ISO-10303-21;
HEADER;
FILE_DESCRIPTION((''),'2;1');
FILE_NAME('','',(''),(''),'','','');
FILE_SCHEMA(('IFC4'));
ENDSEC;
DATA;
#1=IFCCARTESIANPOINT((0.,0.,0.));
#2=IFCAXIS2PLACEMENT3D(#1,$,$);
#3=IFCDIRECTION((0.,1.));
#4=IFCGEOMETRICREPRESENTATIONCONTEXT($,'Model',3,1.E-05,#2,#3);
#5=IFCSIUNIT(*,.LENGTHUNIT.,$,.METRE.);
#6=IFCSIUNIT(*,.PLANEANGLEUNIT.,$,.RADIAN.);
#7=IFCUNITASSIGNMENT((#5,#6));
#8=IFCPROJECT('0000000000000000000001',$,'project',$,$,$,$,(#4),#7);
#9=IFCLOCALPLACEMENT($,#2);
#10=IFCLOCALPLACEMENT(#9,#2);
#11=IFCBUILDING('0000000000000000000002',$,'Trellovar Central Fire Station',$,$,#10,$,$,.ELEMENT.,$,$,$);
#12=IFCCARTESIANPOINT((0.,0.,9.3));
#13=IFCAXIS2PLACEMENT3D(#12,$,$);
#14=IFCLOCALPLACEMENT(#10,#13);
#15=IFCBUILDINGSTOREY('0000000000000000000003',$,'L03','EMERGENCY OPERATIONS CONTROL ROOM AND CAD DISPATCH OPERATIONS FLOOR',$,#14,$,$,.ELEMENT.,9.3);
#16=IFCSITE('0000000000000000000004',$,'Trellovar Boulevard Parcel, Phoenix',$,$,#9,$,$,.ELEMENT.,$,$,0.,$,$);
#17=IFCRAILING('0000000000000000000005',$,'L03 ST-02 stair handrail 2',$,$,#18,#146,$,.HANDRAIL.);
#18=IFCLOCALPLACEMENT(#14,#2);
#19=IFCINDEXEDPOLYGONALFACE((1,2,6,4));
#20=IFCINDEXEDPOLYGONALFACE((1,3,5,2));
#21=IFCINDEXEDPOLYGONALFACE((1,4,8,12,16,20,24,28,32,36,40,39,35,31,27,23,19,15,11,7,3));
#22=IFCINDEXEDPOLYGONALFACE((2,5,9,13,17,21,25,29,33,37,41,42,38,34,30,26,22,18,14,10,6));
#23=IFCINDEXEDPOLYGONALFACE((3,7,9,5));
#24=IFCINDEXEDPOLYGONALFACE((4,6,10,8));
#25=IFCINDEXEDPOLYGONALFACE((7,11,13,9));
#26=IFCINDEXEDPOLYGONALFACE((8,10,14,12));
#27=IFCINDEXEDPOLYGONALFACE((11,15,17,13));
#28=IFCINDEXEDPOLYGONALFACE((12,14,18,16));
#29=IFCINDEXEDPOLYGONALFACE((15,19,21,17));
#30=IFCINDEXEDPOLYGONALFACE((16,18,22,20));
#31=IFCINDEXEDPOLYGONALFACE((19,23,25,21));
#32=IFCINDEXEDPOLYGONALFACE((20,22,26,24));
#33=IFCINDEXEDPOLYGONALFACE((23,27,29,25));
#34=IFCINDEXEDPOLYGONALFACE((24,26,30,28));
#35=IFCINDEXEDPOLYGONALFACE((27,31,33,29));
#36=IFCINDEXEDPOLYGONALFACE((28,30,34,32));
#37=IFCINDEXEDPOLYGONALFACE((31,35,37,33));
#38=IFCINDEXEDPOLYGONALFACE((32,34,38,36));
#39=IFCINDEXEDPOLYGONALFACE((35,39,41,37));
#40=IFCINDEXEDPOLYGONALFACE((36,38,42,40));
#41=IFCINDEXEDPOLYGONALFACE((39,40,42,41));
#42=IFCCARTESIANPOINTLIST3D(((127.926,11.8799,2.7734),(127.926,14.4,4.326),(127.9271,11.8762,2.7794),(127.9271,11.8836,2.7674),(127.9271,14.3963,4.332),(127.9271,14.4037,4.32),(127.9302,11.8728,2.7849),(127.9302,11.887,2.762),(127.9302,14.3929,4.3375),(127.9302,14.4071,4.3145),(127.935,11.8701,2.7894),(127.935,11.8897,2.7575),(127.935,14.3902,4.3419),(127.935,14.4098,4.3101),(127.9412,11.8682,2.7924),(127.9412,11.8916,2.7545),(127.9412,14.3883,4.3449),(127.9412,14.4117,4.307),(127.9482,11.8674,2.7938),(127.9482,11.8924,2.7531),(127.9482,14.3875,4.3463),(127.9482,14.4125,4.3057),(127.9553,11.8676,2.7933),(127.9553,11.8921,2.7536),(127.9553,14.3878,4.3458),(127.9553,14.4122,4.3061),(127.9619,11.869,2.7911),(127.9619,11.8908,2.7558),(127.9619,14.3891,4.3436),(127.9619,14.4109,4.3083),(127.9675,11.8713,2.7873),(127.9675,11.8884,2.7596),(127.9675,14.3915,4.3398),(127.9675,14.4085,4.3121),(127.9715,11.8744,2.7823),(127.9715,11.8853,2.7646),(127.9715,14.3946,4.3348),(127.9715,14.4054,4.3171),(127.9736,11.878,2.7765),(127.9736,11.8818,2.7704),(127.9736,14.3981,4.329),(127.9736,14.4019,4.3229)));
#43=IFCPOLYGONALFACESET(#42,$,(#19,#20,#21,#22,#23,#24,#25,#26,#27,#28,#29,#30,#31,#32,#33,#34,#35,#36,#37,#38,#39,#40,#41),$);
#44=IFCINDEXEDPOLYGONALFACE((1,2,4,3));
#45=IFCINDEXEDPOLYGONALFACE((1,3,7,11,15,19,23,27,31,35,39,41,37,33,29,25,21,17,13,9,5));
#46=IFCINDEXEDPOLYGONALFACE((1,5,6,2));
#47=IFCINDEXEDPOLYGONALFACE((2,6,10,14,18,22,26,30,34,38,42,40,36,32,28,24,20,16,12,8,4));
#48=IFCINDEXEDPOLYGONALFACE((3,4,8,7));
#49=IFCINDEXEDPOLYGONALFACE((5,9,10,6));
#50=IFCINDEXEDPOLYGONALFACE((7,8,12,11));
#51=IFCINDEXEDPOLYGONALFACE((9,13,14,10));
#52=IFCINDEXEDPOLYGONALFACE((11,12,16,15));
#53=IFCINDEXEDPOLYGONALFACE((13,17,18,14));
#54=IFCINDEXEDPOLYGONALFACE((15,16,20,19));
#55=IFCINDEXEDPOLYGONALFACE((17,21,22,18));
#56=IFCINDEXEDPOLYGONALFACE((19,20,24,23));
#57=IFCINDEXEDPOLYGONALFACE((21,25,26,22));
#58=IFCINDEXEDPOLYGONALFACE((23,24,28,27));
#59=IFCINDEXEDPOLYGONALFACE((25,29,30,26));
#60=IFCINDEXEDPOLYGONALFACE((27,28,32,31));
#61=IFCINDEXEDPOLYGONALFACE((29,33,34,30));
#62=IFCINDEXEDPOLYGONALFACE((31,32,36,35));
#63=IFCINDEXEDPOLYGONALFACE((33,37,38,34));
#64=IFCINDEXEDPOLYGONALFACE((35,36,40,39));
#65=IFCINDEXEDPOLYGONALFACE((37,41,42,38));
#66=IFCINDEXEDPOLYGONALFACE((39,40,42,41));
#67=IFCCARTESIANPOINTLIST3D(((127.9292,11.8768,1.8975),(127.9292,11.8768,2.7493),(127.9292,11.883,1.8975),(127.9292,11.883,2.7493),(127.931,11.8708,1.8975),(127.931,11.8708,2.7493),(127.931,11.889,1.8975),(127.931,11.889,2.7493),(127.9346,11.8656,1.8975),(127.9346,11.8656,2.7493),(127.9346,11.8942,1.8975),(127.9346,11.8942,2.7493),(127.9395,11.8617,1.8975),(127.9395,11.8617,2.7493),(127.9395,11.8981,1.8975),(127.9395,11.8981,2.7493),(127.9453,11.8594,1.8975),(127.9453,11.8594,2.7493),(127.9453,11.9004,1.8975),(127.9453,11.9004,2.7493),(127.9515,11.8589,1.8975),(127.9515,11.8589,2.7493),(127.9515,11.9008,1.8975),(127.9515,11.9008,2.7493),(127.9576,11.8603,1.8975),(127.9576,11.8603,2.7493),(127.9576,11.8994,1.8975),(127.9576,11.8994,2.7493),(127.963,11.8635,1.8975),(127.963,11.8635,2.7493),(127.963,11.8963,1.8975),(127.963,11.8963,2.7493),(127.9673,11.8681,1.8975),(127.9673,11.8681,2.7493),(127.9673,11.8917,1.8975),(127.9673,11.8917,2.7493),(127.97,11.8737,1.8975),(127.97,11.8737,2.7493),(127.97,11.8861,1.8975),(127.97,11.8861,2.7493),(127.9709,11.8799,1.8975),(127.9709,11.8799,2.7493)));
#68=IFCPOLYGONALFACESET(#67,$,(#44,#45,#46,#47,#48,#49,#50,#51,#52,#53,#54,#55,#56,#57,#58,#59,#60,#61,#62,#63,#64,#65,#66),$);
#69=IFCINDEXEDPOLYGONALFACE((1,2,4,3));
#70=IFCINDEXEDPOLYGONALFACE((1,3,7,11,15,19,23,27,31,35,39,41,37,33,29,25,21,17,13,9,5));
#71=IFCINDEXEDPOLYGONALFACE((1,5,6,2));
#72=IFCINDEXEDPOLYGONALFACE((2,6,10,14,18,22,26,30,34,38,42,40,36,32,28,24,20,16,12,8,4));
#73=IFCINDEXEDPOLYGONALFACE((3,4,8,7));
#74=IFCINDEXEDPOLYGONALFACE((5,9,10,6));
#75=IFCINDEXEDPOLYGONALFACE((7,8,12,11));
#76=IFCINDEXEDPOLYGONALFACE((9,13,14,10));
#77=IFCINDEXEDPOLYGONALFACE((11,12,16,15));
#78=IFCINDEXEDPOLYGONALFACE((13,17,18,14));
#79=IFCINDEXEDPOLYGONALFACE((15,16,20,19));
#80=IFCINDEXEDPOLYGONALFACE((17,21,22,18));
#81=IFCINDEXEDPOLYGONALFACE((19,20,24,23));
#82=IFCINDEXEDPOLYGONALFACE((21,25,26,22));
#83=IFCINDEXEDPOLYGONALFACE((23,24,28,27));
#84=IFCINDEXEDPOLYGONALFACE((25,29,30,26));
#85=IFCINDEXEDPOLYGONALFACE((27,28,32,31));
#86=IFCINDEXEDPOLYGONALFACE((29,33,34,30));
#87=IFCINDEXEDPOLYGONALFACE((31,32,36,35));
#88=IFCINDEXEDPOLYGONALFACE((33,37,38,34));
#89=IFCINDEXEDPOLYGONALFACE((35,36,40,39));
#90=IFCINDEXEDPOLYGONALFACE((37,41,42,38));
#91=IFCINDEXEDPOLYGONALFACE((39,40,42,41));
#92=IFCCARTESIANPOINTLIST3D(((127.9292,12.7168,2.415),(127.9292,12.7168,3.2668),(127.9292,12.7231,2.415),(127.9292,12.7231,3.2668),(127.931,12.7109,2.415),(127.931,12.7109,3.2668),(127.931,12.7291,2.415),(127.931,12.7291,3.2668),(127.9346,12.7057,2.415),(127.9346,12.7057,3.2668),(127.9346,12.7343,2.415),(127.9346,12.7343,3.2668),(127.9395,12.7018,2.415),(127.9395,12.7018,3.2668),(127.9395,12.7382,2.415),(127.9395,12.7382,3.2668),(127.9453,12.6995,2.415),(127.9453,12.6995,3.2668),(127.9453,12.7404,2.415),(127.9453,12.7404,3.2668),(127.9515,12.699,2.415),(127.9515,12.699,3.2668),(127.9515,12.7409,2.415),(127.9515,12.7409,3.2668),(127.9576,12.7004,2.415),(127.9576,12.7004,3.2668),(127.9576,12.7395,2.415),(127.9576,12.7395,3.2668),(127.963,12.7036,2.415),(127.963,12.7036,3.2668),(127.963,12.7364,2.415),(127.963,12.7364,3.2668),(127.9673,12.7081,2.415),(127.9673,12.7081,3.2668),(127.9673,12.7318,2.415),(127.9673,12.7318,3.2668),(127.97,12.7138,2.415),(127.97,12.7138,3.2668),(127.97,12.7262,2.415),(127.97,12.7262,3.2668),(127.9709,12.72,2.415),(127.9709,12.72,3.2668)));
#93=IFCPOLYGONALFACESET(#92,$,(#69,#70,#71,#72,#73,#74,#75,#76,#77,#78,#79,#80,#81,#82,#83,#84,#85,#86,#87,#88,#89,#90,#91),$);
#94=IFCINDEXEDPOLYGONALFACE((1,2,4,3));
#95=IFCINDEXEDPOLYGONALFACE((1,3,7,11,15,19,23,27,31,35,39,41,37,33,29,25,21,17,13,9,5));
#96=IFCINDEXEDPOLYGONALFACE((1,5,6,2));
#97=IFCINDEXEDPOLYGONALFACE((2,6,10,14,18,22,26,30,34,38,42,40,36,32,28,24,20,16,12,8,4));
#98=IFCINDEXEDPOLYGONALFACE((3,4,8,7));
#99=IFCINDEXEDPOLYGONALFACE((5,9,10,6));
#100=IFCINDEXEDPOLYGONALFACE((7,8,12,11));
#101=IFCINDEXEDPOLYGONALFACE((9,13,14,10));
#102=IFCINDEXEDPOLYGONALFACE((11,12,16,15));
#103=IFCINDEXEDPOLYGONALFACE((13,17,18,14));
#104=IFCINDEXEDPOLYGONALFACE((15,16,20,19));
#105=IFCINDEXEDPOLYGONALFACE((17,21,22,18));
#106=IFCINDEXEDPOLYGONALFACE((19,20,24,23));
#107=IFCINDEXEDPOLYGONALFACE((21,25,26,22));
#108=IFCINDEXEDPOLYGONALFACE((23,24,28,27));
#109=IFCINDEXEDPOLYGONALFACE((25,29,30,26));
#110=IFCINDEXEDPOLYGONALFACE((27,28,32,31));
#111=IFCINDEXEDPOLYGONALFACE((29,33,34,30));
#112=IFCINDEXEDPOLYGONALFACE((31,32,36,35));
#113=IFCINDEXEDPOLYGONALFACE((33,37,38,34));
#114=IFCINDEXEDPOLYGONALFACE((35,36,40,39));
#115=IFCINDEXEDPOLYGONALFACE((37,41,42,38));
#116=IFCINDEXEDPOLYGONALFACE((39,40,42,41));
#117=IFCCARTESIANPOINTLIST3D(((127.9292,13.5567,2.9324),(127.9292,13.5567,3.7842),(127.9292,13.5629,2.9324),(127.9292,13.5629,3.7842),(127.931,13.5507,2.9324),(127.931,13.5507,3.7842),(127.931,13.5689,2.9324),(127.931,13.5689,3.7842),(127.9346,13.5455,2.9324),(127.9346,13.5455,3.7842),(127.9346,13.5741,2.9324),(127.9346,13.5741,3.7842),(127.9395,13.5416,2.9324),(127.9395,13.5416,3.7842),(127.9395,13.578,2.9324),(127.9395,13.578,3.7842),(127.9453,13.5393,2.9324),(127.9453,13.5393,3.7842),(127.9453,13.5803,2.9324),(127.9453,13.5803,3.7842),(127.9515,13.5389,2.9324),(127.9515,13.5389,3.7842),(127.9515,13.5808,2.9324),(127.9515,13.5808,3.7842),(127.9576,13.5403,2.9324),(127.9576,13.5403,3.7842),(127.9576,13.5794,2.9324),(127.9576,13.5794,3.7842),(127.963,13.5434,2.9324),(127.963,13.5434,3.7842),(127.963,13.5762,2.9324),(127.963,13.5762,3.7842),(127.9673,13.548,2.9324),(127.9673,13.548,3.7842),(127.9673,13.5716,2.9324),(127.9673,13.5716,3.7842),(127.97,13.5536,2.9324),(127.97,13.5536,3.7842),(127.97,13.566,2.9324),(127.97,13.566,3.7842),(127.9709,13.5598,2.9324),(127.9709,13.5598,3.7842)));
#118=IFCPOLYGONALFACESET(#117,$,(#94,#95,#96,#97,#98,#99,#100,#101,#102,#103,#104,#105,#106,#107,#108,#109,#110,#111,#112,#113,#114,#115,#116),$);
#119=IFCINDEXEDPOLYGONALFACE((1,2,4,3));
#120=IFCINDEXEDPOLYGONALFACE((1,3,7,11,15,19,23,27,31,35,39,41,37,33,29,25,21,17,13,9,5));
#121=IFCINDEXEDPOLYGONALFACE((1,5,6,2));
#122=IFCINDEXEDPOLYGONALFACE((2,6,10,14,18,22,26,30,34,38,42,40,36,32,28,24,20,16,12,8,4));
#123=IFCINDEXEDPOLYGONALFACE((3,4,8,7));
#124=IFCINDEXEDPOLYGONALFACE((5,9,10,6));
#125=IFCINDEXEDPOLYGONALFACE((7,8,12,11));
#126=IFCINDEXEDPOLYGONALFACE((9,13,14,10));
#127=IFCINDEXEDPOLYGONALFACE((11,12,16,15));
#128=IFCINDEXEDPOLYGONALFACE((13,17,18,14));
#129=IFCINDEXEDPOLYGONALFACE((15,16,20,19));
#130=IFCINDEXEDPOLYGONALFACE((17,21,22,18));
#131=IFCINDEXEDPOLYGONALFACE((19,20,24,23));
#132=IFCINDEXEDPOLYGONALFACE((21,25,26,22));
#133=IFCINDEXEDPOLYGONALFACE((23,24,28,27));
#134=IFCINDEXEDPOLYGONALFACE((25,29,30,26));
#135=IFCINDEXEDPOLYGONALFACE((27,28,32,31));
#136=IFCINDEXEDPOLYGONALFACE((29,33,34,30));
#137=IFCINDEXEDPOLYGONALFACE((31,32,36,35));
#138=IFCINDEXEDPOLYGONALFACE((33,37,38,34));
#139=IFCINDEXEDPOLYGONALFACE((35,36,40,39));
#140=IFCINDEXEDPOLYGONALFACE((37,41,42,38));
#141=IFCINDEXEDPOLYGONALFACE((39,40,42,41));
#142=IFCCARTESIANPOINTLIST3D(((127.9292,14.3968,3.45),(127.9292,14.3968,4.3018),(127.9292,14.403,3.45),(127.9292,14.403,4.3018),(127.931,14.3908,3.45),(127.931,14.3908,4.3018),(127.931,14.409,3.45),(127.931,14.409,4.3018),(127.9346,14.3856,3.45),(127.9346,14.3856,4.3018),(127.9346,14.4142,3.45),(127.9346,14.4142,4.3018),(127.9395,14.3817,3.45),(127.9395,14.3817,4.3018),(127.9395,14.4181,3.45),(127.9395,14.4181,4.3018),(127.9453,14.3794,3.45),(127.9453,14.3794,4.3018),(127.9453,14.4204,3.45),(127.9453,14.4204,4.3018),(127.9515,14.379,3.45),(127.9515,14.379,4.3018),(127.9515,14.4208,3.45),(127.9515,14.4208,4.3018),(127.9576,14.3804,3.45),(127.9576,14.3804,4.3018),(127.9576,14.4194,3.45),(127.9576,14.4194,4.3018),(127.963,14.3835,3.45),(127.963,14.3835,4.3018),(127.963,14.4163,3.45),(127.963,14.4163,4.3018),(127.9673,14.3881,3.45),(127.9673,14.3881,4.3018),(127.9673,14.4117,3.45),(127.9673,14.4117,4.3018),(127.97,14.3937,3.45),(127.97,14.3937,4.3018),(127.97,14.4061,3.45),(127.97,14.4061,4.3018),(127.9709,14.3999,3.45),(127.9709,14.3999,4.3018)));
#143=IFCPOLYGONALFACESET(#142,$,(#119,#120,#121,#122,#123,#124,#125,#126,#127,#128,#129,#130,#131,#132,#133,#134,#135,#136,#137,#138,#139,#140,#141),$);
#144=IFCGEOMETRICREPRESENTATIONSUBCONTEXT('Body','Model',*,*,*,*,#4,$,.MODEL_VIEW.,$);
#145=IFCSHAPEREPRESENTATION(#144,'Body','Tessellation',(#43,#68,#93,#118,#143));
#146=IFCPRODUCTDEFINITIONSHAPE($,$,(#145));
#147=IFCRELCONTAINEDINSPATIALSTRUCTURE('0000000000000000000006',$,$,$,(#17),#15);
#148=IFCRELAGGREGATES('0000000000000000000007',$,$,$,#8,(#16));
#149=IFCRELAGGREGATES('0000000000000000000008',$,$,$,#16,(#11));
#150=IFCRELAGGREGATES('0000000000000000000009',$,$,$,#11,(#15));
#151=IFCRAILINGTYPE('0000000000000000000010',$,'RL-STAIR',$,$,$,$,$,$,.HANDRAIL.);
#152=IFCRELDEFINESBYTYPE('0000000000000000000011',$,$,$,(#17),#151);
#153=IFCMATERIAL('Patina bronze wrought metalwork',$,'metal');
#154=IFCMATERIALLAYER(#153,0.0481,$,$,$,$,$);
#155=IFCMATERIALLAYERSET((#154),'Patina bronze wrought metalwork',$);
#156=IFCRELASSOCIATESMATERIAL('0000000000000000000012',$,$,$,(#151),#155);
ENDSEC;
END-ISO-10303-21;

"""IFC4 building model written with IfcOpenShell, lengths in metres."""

from ifc_helpers import new_model, si_unit, direction, frame, origin, origin_2d, place, context, subcontext, project, spatial, circle, extrude, material, layer, layer_set, type_object, element, save


model = new_model("IFC4")

# Units and contexts
model_context = context("Model", 3, precision=1e-05, world=origin(), true_north=direction((0.0, 1.0)))
body_context = subcontext(model_context, "Body", "Model", "MODEL_VIEW")
ifc_project = project(units=[si_unit("LENGTHUNIT", "METRE"), si_unit("PLANEANGLEUNIT", "RADIAN")], contexts=[model_context])

# Site, building, storey
site_placement = place(None, origin())
site = spatial("IfcSite", under=ifc_project, at=site_placement, Name="Trellovar Boulevard Parcel, Phoenix", CompositionType="ELEMENT", RefElevation=0.0)
building_placement = place(site_placement, origin())
building = spatial("IfcBuilding", under=site, at=building_placement, Name="Trellovar Central Fire Station", CompositionType="ELEMENT")
storey_placement = place(building_placement, frame((0.0, 0.0, 9.3)))
storey = spatial("IfcBuildingStorey", under=building, at=storey_placement, Name="L03", Description="EMERGENCY OPERATIONS CONTROL ROOM AND CAD DISPATCH OPERATIONS FLOOR", CompositionType="ELEMENT", Elevation=9.3)

# Railing
ifc_material_1 = material(Name="Patina bronze wrought metalwork", Category="metal")
ifc_layer_1 = layer(ifc_material_1, 0.0481)
ifc_layer_set_1 = layer_set([ifc_layer_1], Name="Patina bronze wrought metalwork")
railing_type_1 = type_object("IfcRailingType", Name="RL-STAIR", PredefinedType="HANDRAIL", material=ifc_layer_set_1)
railing_1_placement = place(storey_placement, frame((127.95, 11.8799, 1.8975)))
element("IfcRailing", 1, at=railing_1_placement, inside=storey, type_object=railing_type_1, Name="L03 ST-02 stair handrail 2", PredefinedType="HANDRAIL", context=body_context, shape_type="SweptSolid", body=[
    extrude(circle(Radius=0.0239, at=origin_2d()), frame((0.0, 0.0, 0.876), z_axis=(0.0, 0.8514, 0.524516), x_axis=(-1.0, 0.0, 0.0)), (0.0, 0.0, 1.0), 2.96),
    extrude(circle(Radius=0.021, at=origin_2d()), origin(), (0.0, 0.0, 1.0), 0.8518),
    extrude(circle(Radius=0.021, at=origin_2d()), frame((0.0, 0.8401, 0.5176)), (0.0, 0.0, 1.0), 0.8518),
    extrude(circle(Radius=0.021, at=origin_2d()), frame((0.0, 1.6799, 1.0349)), (0.0, 0.0, 1.0), 0.8518),
    extrude(circle(Radius=0.021, at=origin_2d()), frame((0.0, 2.52, 1.5525)), (0.0, 0.0, 1.0), 0.8518),
])

save(model, "model.ifc")
